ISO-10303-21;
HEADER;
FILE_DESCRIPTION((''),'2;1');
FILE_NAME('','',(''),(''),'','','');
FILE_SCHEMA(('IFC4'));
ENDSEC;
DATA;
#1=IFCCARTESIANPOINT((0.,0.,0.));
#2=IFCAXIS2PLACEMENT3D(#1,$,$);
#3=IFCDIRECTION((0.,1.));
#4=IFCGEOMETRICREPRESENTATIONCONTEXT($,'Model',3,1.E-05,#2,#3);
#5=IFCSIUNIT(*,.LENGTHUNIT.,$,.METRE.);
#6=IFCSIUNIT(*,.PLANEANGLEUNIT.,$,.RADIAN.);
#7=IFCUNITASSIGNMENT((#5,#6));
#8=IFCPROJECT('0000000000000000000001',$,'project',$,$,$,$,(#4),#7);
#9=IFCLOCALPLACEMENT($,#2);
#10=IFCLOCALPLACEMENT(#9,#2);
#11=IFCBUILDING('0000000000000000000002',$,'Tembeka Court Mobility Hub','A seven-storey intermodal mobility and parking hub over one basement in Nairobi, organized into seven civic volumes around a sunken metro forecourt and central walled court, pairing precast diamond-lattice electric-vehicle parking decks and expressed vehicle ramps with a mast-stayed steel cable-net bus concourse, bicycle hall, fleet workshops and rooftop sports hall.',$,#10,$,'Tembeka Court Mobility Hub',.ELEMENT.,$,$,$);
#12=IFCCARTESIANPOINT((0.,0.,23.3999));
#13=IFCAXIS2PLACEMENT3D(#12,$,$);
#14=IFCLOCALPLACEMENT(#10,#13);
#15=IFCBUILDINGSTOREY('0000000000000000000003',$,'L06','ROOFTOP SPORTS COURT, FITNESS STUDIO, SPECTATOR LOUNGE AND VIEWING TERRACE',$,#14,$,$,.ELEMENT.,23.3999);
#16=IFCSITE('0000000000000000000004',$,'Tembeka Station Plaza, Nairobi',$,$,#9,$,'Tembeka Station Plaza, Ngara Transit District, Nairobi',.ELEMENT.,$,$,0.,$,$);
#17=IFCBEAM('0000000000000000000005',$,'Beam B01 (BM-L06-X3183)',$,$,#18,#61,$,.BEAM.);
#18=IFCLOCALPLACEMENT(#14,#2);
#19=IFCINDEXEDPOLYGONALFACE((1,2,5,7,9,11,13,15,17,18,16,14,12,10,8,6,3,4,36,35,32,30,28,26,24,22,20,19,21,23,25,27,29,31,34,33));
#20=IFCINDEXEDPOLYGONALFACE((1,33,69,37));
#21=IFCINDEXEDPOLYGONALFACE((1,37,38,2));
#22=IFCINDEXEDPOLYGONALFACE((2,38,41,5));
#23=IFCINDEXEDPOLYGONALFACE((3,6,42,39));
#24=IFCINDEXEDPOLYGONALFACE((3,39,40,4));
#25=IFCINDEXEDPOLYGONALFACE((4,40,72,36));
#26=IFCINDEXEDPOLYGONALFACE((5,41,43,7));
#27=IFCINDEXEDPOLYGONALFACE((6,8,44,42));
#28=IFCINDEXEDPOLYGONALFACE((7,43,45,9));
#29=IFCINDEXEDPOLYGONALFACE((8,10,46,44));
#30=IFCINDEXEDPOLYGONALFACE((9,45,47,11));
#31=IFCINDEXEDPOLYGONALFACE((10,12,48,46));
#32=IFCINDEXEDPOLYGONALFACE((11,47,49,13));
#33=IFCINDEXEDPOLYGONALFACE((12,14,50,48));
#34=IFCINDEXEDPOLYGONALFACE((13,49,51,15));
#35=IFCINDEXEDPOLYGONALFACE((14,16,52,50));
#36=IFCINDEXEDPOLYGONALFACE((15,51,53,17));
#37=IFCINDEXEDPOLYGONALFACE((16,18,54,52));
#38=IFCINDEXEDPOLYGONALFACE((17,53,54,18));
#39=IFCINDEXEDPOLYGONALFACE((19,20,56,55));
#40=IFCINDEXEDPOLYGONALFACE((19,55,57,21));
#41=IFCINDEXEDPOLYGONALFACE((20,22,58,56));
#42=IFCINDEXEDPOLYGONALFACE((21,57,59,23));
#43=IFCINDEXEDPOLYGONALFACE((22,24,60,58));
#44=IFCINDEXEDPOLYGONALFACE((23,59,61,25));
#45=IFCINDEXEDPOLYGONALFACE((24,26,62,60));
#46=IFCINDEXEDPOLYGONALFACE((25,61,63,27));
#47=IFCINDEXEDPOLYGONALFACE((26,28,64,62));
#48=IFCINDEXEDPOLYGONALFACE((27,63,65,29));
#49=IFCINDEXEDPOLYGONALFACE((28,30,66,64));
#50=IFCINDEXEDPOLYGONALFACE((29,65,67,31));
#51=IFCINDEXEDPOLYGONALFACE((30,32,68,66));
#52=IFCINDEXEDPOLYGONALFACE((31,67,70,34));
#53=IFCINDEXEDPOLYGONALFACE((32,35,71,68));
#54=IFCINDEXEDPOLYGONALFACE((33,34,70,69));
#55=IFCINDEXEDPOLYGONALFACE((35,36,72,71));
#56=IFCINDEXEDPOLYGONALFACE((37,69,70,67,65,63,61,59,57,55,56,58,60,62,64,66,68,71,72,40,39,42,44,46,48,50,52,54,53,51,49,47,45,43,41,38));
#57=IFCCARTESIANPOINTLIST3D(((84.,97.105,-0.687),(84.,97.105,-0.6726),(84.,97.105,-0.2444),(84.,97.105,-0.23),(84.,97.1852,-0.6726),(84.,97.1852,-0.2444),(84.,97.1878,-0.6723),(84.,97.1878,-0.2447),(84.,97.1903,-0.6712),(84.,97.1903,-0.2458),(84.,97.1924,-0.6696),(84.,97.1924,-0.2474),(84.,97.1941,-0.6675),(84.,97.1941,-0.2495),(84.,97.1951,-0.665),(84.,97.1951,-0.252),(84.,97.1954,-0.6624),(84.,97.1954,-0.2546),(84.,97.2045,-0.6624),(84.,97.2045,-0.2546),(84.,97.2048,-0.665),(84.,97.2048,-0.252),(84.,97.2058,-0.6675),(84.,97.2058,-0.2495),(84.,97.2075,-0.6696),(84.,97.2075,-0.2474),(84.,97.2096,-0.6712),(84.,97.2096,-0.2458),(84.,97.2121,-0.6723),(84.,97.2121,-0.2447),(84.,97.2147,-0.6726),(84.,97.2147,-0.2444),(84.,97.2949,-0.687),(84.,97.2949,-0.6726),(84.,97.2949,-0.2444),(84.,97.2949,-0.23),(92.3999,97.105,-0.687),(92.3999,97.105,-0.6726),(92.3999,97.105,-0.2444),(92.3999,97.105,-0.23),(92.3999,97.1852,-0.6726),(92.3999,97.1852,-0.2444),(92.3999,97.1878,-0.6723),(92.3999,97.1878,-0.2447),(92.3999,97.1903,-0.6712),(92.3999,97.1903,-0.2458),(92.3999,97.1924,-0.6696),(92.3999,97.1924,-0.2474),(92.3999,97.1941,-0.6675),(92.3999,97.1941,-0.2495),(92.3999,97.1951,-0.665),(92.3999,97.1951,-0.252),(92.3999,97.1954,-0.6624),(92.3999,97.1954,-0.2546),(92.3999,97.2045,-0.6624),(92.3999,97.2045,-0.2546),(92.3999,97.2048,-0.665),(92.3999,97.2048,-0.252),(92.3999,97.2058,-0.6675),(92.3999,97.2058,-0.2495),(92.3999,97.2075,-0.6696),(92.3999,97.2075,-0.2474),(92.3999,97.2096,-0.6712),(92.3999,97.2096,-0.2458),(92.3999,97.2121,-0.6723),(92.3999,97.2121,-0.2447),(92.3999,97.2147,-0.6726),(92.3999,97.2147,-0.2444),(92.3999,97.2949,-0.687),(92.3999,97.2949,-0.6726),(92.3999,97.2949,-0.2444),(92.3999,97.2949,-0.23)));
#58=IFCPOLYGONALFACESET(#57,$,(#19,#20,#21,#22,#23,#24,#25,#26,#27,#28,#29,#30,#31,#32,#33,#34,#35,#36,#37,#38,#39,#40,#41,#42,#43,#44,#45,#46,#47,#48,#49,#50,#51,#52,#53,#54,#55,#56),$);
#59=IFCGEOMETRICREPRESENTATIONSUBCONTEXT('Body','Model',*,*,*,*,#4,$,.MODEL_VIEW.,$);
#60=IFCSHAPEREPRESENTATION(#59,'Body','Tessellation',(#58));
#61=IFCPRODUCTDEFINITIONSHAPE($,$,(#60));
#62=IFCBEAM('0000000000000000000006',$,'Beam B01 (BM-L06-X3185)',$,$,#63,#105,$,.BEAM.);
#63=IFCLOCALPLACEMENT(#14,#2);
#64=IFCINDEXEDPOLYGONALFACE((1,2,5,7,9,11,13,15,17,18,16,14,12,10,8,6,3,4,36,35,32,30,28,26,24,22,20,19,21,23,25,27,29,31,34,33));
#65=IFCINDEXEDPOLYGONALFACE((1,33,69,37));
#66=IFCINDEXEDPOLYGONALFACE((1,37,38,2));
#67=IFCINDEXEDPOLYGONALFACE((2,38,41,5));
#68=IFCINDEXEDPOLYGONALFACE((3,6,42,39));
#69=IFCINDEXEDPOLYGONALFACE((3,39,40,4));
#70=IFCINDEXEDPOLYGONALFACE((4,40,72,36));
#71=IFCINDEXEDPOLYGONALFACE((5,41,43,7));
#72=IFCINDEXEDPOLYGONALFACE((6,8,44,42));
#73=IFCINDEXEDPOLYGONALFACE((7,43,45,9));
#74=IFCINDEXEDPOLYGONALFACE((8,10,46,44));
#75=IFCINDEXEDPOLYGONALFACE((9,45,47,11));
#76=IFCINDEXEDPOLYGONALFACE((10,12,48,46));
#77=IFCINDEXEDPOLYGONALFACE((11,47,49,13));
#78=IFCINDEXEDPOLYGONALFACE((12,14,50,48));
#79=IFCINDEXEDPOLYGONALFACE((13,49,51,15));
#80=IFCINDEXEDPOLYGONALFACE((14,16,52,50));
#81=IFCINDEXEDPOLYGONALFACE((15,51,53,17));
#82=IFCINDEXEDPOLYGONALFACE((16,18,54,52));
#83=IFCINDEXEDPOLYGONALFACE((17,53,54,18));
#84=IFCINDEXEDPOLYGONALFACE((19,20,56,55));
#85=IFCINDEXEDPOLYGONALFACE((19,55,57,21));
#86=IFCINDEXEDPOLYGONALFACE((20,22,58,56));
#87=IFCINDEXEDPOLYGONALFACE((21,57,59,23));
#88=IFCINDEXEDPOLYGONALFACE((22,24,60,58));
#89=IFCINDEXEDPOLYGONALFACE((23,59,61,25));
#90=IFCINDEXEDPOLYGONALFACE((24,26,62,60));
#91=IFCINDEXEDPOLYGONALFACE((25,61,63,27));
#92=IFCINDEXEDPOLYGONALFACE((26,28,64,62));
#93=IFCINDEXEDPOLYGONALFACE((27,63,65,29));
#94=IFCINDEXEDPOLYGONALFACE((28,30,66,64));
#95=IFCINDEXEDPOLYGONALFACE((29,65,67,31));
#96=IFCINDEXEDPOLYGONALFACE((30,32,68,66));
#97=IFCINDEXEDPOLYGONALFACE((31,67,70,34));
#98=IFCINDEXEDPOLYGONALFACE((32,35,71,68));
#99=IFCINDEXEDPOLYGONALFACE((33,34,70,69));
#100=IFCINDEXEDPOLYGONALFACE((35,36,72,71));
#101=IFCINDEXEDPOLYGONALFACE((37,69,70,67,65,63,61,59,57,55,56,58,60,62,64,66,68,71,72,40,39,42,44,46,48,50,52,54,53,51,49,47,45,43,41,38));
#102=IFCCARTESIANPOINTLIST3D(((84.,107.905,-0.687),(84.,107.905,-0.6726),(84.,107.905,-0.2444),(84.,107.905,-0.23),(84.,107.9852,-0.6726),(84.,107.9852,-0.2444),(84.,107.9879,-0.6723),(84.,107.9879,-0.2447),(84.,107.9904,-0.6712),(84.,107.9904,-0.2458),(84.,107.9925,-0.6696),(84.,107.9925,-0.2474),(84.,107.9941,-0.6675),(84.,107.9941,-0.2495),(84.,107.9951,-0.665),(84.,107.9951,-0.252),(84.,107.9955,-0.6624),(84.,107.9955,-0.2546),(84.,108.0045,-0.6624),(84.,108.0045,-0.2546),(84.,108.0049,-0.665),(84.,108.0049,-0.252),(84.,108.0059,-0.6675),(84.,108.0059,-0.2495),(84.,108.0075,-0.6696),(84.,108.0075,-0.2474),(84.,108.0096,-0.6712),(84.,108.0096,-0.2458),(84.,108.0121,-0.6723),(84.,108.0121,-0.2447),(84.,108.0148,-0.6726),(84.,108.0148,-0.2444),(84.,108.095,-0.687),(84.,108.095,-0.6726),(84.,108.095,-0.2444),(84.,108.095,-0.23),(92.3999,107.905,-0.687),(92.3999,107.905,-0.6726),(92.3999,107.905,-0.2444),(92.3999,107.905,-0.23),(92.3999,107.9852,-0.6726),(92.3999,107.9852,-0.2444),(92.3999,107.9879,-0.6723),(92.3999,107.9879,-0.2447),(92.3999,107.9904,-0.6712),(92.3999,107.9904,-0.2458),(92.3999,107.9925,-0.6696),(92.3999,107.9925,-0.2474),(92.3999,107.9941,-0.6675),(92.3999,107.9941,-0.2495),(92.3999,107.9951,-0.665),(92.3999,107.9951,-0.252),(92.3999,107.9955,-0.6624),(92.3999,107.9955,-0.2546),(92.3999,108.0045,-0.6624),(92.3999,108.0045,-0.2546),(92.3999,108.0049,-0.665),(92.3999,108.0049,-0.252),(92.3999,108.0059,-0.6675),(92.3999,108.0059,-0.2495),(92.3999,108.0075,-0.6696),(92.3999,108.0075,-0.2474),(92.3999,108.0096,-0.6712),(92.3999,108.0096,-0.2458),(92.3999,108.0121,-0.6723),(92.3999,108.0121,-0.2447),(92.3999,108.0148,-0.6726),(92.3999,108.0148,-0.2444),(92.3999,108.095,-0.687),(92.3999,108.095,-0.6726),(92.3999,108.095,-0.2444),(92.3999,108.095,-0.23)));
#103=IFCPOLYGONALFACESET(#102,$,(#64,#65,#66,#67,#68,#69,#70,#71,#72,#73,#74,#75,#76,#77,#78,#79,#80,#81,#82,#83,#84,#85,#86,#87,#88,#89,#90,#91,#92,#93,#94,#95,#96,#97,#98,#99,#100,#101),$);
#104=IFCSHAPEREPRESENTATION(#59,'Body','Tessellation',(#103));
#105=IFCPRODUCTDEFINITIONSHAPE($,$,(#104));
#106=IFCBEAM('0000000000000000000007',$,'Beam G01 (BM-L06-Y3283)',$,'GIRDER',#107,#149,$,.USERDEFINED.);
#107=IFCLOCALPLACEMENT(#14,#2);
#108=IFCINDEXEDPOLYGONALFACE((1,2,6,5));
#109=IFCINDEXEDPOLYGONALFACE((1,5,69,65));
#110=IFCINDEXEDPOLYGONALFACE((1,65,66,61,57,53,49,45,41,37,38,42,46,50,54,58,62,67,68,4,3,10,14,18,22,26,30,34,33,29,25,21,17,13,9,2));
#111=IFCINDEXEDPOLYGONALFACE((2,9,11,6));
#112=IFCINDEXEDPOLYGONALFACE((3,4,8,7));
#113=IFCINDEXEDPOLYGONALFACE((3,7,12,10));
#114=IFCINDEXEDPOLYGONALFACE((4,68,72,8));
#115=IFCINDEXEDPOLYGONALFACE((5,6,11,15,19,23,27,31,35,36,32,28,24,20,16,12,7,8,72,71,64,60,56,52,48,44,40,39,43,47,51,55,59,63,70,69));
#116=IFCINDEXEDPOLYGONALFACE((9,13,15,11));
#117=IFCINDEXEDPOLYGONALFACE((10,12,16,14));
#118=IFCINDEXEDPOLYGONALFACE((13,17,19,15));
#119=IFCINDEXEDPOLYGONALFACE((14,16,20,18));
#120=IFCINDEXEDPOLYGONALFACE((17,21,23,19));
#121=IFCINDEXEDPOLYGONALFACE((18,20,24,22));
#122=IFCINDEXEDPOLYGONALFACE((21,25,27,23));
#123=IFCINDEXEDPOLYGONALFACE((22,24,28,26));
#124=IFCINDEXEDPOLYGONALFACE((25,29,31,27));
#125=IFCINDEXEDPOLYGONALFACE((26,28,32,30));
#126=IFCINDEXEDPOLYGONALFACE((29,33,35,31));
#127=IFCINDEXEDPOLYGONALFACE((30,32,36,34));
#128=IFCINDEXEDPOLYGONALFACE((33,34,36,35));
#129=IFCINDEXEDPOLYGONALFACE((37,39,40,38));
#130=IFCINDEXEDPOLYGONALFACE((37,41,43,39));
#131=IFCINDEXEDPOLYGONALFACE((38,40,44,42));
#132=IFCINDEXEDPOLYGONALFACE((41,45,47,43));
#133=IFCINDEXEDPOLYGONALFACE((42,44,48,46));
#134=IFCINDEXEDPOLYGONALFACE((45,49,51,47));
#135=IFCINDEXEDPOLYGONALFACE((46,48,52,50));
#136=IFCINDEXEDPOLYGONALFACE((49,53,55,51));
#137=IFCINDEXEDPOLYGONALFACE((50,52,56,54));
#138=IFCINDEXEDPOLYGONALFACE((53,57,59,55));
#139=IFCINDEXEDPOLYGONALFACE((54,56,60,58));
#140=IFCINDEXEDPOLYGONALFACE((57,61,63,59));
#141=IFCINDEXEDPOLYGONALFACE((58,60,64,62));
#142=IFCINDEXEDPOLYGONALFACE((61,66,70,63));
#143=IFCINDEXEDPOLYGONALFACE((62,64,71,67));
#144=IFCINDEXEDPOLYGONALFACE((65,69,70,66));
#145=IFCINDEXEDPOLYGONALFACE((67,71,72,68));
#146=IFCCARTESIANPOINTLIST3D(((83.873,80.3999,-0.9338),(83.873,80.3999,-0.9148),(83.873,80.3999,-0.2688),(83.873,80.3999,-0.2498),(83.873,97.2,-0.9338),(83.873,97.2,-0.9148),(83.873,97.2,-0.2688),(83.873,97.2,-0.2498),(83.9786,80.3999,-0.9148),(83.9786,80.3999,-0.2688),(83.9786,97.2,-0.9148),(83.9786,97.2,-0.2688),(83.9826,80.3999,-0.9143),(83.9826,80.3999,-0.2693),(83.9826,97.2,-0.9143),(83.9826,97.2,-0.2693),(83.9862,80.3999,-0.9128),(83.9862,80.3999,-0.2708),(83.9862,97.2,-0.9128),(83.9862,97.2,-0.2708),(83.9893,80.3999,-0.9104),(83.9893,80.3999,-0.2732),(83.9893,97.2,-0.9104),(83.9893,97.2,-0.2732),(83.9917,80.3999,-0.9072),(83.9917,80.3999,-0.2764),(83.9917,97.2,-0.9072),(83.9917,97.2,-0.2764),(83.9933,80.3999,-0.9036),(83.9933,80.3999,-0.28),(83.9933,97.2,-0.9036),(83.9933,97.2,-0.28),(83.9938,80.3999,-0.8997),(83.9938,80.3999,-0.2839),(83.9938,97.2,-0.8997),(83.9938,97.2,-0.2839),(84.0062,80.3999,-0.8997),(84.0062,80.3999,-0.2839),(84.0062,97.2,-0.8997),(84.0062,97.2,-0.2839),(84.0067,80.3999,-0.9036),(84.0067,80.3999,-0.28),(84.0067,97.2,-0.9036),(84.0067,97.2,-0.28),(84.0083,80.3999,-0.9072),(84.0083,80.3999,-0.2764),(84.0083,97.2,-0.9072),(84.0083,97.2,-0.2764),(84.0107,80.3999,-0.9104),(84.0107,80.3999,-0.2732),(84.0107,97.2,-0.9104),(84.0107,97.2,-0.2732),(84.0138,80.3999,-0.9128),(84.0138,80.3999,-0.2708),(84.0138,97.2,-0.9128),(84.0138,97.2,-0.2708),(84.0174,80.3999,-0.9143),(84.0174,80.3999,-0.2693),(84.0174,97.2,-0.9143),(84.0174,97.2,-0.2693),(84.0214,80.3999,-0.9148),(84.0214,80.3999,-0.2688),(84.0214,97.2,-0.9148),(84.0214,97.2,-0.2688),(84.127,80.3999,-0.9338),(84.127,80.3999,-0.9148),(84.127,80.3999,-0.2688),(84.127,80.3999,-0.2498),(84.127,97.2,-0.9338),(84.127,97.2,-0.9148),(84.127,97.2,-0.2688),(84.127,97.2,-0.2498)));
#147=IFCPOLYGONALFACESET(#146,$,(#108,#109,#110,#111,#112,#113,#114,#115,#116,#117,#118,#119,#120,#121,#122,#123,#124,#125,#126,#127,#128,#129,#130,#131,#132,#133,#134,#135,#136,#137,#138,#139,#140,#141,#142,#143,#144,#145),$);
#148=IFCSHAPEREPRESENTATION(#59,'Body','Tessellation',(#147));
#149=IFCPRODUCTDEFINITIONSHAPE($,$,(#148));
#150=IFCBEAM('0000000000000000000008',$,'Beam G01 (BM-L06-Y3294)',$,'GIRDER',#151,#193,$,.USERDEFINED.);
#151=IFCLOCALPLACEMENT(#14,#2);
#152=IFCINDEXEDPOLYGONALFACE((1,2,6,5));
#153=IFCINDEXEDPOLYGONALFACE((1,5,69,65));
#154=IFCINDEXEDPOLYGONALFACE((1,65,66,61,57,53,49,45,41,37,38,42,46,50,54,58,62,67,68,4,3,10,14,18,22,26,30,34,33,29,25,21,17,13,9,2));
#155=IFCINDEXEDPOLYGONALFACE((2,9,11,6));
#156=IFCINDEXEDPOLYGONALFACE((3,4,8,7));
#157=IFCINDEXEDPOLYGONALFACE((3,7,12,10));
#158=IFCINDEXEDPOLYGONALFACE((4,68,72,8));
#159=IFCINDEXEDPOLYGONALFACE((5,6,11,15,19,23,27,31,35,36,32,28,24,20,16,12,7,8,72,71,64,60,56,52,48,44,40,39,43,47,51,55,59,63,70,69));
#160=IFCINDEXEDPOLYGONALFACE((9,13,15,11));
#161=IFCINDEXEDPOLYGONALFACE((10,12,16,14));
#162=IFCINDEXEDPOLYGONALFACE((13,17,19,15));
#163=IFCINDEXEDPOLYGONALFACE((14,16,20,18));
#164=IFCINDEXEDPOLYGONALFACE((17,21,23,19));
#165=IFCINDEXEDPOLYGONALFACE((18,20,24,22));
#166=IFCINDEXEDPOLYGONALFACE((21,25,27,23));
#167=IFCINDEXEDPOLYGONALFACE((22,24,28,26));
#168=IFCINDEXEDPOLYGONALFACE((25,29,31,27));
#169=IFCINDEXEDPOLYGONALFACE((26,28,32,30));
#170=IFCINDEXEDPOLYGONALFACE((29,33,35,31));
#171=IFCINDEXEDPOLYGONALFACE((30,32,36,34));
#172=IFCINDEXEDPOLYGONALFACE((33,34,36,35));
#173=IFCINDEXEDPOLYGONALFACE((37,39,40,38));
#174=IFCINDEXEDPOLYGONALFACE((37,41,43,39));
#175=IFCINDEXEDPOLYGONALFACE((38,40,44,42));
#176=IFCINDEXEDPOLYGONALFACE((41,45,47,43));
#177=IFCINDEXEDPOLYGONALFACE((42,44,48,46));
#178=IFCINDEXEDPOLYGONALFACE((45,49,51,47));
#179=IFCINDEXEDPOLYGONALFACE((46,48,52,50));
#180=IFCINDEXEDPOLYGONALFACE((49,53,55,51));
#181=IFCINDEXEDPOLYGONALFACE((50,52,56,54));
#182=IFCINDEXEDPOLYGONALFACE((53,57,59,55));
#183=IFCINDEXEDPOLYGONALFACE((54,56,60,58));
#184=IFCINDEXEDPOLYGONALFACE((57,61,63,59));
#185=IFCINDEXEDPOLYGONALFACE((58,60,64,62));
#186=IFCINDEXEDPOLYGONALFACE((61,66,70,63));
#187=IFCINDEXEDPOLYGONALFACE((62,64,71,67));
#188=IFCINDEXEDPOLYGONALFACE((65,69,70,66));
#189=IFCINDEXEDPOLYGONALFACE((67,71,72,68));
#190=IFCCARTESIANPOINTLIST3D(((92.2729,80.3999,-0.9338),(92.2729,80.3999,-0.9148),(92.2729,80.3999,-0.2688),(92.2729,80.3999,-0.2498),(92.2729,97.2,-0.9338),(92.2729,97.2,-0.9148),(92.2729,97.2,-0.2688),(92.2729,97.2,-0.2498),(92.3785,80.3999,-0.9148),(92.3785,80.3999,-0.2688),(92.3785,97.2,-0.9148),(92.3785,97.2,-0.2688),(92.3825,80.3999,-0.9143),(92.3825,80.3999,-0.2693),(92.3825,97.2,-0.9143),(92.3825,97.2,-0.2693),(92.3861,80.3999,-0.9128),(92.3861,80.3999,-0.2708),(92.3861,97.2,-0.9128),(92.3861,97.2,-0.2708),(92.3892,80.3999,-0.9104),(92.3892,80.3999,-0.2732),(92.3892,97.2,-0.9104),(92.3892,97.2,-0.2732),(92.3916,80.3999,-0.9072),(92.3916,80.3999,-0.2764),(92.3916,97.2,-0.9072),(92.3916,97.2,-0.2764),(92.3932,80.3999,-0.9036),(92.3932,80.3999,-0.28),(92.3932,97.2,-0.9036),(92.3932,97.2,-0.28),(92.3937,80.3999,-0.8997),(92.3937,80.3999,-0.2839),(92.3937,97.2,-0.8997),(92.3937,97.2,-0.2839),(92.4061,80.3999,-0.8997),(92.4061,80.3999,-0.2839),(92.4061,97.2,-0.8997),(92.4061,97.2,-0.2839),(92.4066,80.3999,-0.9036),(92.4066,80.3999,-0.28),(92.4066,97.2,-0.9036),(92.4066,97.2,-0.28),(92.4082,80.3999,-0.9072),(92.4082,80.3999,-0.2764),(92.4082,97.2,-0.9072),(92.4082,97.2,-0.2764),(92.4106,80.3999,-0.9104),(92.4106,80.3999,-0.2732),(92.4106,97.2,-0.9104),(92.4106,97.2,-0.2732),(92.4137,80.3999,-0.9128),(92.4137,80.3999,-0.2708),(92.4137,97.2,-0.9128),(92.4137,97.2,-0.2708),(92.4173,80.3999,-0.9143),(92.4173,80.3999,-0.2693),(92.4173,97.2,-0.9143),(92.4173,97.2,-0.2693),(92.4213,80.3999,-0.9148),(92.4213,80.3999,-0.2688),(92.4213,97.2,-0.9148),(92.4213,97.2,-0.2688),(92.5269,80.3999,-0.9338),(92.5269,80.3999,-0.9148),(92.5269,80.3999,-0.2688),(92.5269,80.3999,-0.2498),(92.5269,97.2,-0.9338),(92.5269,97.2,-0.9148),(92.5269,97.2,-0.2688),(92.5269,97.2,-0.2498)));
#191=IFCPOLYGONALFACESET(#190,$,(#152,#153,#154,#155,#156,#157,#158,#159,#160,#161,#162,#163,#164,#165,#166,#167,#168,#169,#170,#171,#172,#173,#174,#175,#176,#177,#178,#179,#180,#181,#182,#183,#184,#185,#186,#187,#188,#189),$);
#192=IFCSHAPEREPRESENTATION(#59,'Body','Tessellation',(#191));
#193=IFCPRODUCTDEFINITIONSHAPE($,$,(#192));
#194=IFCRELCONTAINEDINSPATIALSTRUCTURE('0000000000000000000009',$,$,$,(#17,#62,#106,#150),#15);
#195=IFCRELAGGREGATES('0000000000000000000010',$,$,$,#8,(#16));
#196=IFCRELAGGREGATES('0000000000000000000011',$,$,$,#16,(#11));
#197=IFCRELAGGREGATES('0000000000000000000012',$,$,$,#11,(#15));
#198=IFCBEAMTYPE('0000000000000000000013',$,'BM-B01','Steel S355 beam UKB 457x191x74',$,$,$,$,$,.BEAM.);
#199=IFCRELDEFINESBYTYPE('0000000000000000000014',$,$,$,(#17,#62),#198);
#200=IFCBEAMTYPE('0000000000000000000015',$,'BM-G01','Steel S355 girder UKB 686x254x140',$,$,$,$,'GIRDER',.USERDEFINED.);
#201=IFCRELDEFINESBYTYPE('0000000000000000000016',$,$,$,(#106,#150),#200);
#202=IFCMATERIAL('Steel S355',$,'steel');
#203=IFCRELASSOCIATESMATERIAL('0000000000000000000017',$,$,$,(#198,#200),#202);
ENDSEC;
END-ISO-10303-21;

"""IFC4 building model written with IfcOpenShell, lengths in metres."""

from ifc_helpers import new_model, si_unit, direction, frame, origin, origin_2d, place, context, subcontext, project, spatial, i_section, extrude, material, material_profile, profile_set, type_object, element, save


model = new_model("IFC4")

# Units and contexts
model_context = context("Model", 3, precision=1e-05, world=origin(), true_north=direction((0.0, 1.0)))
body_context = subcontext(model_context, "Body", "Model", "MODEL_VIEW")
ifc_project = project(units=[si_unit("LENGTHUNIT", "METRE"), si_unit("PLANEANGLEUNIT", "RADIAN")], contexts=[model_context])

# Site, building, storey
site_placement = place(None, origin())
site = spatial("IfcSite", under=ifc_project, at=site_placement, Name="Tembeka Station Plaza, Nairobi", LongName="Tembeka Station Plaza, Ngara Transit District, Nairobi", CompositionType="ELEMENT", RefElevation=0.0)
building_placement = place(site_placement, origin())
building = spatial("IfcBuilding", under=site, at=building_placement, Name="Tembeka Court Mobility Hub", Description="A seven-storey intermodal mobility and parking hub over one basement in Nairobi, organized into seven civic volumes around a sunken metro forecourt and central walled court, pairing precast diamond-lattice electric-vehicle parking decks and expressed vehicle ramps with a mast-stayed steel cable-net bus concourse, bicycle hall, fleet workshops and rooftop sports hall.", LongName="Tembeka Court Mobility Hub", CompositionType="ELEMENT")
storey_placement = place(building_placement, frame((0.0, 0.0, 23.3999)))
storey = spatial("IfcBuildingStorey", under=building, at=storey_placement, Name="L06", Description="ROOFTOP SPORTS COURT, FITNESS STUDIO, SPECTATOR LOUNGE AND VIEWING TERRACE", CompositionType="ELEMENT", Elevation=23.3999)

# Shared definitions
ifc_material_1 = material(Name="Steel S355", Category="steel")

# Beams
ifc_material_profile_1 = material_profile(ifc_material_1, i_section(OverallWidth=0.1899, OverallDepth=0.457, WebThickness=0.009, FlangeThickness=0.0144, FilletRadius=0.0103, at=origin_2d()), Name="UKB 457x191x74")
ifc_profile_set_1 = profile_set([ifc_material_profile_1], Name="Steel S355")
beam_type_1 = type_object("IfcBeamType", Name="BM-B01", Description="Steel S355 beam UKB 457x191x74", PredefinedType="BEAM", material=ifc_profile_set_1)
for number, where, z_axis, x_axis, name in (
    (1, (84.0, 97.2, -0.4585), (1.0, 0.0, 0.0), (0.0, 1.0, 0.0), "Beam B01 (BM-L06-X3183)"),
    (2, (84.0, 108.0, -0.4585), (1.0, 0.0, 0.0), (0.0, 1.0, 0.0), "Beam B01 (BM-L06-X3185)"),
):
    element("IfcBeam", number, at=place(storey_placement, frame(where, z_axis=z_axis, x_axis=x_axis)), inside=storey, type_object=beam_type_1, Name=name, PredefinedType="BEAM", context=body_context, shape_type="SweptSolid", body=[
        extrude(i_section(OverallWidth=0.1899, OverallDepth=0.457, WebThickness=0.009, FlangeThickness=0.0144, FilletRadius=0.0103, at=origin_2d()), origin(), (0.0, 0.0, 1.0), 8.3999),
    ])
ifc_material_profile_2 = material_profile(ifc_material_1, i_section(OverallWidth=0.2539, OverallDepth=0.6841, WebThickness=0.0125, FlangeThickness=0.019, FilletRadius=0.0151, at=origin_2d()), Name="UKB 686x254x140")
ifc_profile_set_2 = profile_set([ifc_material_profile_2], Name="Steel S355")
beam_type_2 = type_object("IfcBeamType", Name="BM-G01", Description="Steel S355 girder UKB 686x254x140", ElementType="GIRDER", PredefinedType="USERDEFINED", material=ifc_profile_set_2)
for number, where, z_axis, x_axis, name in (
    (3, (84.0, 80.3999, -0.5918), (0.0, 1.0, 0.0), (-1.0, 0.0, 0.0), "Beam G01 (BM-L06-Y3283)"),
    (4, (92.3999, 80.3999, -0.5918), (0.0, 1.0, 0.0), (-1.0, 0.0, 0.0), "Beam G01 (BM-L06-Y3294)"),
):
    element("IfcBeam", number, at=place(storey_placement, frame(where, z_axis=z_axis, x_axis=x_axis)), inside=storey, type_object=beam_type_2, Name=name, ObjectType="GIRDER", PredefinedType="USERDEFINED", context=body_context, shape_type="SweptSolid", body=[
        extrude(i_section(OverallWidth=0.2539, OverallDepth=0.6841, WebThickness=0.0125, FlangeThickness=0.019, FilletRadius=0.0151, at=origin_2d()), origin(), (0.0, 0.0, 1.0), 16.8),
    ])

save(model, "model.ifc")
